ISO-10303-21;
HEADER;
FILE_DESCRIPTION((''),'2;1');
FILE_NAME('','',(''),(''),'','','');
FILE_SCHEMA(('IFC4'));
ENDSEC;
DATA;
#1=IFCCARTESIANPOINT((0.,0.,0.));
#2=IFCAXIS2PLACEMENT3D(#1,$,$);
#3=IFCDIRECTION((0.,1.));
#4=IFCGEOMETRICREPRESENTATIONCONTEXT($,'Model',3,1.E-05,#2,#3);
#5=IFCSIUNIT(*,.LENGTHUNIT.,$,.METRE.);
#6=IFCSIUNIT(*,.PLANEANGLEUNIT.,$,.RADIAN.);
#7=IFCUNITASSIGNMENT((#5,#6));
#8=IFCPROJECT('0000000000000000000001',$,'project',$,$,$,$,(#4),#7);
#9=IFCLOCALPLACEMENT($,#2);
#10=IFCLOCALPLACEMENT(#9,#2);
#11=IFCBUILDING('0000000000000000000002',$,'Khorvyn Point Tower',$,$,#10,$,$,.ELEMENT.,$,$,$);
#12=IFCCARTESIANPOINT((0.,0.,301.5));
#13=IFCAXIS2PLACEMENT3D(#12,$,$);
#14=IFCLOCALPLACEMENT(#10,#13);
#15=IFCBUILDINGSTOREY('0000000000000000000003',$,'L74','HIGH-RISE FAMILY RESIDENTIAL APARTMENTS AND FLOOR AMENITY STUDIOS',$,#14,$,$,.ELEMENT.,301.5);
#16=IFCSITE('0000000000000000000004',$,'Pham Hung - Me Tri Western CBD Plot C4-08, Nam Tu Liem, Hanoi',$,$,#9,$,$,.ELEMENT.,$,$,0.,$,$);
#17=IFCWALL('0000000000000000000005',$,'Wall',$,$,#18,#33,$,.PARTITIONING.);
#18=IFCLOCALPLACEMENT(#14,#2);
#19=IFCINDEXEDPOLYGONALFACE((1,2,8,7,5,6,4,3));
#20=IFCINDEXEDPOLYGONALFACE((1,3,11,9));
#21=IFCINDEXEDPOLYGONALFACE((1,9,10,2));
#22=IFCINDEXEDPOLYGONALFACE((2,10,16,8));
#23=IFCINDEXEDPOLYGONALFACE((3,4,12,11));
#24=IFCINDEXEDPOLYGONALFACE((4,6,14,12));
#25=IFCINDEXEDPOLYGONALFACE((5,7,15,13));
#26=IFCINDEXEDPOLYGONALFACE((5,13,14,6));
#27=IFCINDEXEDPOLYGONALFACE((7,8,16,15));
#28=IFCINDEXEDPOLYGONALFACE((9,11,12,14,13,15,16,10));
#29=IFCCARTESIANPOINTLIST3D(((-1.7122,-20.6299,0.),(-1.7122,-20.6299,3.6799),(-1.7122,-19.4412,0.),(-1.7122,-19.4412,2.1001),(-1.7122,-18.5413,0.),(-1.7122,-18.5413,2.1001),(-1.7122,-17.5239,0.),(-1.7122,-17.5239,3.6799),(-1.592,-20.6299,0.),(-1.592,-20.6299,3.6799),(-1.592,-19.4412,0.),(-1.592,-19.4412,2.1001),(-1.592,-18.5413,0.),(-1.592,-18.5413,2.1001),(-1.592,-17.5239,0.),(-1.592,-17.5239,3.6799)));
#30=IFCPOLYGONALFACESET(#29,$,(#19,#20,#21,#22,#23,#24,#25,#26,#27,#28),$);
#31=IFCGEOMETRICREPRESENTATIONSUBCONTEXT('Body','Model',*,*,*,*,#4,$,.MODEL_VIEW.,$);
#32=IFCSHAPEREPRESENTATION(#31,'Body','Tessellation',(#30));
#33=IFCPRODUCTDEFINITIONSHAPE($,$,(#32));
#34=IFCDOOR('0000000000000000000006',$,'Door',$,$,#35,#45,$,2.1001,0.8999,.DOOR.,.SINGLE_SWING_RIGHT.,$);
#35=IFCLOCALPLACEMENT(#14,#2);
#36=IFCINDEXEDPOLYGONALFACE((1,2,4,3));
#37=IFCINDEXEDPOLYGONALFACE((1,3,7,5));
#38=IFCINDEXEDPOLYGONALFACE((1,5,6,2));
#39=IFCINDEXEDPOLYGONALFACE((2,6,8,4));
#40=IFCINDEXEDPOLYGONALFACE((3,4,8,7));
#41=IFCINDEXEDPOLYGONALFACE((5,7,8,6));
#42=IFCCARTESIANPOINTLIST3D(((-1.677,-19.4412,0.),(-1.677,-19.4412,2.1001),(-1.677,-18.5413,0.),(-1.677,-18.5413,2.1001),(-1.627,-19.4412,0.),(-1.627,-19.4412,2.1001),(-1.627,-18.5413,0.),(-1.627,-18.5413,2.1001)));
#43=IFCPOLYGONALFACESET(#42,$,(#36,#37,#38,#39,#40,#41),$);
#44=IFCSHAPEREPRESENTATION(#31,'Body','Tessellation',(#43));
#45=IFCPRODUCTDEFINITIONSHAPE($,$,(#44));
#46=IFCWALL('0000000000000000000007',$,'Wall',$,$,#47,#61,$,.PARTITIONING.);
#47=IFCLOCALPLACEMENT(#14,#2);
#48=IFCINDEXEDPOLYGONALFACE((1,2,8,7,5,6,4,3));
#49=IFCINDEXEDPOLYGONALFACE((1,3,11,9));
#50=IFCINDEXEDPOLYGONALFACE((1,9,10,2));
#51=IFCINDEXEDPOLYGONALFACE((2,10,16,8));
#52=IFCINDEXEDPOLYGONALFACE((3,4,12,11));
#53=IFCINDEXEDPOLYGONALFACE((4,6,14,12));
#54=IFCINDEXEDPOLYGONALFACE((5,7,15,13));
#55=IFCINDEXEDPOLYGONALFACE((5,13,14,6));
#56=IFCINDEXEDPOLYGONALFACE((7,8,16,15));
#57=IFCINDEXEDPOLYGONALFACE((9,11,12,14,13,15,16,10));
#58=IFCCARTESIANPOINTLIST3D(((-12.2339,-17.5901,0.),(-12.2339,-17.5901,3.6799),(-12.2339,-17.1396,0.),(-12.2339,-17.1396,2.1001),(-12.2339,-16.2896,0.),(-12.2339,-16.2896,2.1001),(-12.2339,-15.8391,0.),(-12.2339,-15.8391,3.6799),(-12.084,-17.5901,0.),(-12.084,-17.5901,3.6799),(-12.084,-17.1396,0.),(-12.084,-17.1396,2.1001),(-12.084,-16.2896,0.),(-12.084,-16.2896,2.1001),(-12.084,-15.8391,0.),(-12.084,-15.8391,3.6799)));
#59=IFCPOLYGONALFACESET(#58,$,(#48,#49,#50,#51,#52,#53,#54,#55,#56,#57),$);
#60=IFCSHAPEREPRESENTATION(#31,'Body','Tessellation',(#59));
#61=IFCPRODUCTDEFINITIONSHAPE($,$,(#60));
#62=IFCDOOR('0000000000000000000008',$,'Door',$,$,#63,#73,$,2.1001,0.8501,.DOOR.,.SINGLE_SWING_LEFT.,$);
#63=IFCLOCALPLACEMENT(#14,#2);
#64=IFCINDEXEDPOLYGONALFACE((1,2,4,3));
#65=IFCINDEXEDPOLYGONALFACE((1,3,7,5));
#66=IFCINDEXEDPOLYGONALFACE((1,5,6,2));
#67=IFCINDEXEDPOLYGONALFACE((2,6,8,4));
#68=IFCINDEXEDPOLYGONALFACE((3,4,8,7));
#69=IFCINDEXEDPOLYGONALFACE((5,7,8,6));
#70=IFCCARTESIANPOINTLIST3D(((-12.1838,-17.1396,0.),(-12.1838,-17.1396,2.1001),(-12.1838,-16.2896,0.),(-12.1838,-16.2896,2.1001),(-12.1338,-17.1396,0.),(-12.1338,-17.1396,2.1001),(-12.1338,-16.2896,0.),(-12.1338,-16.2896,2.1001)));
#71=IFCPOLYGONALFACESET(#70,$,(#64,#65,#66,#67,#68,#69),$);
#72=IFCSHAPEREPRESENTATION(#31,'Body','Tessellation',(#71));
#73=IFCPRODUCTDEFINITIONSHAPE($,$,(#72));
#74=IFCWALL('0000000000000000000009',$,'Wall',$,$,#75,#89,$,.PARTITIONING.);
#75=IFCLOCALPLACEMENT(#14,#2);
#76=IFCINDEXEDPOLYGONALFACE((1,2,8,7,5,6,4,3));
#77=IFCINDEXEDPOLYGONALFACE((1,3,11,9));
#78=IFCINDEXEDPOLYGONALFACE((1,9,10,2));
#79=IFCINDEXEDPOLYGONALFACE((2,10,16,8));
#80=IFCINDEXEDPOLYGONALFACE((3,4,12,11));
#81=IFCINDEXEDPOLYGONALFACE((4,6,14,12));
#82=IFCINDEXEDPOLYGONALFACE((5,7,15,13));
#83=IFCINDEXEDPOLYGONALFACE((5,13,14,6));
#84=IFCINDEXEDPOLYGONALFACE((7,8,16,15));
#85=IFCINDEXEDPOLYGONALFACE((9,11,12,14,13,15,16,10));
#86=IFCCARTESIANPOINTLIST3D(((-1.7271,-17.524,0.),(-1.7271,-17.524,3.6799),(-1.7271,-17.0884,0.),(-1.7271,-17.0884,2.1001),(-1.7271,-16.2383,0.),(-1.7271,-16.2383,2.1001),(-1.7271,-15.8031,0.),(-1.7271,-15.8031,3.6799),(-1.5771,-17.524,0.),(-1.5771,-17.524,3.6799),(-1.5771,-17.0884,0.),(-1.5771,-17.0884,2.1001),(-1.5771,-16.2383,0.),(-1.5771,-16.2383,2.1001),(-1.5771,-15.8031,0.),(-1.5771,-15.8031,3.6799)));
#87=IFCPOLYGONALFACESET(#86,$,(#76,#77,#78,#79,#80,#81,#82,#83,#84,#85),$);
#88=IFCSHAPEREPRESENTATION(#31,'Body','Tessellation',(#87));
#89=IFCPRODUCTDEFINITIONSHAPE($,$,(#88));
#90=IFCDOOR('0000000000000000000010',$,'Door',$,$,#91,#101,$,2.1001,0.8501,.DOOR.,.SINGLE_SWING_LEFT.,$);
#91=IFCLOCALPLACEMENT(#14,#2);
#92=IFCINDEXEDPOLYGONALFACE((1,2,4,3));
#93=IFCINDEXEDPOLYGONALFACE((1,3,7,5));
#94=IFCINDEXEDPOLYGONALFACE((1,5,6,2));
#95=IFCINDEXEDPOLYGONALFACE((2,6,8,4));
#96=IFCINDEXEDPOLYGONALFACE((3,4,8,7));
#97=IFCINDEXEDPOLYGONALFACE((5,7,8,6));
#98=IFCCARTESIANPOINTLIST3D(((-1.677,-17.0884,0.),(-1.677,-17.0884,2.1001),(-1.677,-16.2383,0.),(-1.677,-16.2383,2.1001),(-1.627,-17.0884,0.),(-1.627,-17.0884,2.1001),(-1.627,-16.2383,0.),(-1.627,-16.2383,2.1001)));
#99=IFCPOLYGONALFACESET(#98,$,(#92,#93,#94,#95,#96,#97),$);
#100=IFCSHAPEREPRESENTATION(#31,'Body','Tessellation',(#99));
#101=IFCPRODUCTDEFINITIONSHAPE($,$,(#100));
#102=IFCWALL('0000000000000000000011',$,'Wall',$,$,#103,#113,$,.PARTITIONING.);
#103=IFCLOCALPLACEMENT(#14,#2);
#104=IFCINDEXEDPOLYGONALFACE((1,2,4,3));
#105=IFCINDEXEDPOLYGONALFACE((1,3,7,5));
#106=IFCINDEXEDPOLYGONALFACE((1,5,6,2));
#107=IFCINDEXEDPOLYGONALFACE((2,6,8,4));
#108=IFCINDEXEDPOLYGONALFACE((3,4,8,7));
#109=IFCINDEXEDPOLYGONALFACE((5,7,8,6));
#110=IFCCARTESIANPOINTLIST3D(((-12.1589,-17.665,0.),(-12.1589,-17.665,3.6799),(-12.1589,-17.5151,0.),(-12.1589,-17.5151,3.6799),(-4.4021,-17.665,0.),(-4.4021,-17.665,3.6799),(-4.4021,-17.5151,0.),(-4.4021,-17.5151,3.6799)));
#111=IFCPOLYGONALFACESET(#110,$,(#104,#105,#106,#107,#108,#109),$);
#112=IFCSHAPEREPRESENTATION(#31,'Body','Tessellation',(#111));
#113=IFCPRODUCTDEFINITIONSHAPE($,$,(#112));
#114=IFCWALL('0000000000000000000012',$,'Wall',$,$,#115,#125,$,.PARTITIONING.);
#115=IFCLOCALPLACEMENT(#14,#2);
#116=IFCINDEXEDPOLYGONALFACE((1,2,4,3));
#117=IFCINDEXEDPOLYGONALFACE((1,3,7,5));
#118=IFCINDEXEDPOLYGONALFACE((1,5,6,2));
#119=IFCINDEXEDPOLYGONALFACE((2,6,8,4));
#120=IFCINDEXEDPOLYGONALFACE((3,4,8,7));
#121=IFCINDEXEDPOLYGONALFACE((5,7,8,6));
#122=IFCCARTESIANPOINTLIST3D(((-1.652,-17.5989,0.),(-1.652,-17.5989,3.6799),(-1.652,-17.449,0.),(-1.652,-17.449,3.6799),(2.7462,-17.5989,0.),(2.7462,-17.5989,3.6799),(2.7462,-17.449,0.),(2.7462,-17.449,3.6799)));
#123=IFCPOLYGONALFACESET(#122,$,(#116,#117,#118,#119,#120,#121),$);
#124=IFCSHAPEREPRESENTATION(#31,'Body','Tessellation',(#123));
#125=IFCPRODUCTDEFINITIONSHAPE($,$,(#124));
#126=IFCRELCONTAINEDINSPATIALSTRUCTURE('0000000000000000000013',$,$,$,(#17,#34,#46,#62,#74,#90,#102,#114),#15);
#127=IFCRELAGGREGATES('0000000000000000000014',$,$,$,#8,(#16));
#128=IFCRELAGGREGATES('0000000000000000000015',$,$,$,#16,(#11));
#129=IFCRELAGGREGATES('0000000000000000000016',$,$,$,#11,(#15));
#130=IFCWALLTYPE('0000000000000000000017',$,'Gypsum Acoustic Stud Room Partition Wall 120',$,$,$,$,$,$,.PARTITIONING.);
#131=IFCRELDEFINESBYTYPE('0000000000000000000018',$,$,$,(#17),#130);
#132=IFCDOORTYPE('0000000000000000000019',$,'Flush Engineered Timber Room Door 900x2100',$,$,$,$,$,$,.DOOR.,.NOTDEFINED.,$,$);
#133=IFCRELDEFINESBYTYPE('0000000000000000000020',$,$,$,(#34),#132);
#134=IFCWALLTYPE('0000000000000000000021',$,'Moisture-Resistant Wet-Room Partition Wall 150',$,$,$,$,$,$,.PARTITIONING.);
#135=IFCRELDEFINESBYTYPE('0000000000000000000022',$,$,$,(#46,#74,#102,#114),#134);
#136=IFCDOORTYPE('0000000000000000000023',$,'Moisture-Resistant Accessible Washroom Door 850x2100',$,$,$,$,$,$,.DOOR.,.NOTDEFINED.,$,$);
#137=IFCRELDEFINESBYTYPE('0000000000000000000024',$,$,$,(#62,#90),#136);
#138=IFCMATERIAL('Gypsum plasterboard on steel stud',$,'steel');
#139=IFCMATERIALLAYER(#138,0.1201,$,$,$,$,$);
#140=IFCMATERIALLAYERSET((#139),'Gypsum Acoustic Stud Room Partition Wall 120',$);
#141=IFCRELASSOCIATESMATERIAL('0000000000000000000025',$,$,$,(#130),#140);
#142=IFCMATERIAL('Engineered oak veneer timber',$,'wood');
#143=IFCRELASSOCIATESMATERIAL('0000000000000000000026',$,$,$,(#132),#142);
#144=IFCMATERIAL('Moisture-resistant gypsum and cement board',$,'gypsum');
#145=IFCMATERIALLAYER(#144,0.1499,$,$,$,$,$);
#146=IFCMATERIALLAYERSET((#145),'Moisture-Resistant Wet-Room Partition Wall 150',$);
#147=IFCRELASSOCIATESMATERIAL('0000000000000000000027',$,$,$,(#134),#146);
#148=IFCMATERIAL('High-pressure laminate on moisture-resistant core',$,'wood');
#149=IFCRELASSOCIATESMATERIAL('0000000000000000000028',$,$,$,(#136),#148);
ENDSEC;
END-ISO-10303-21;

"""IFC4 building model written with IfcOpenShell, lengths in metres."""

from ifc_helpers import new_model, si_unit, direction, frame, frame_2d, origin, place, context, subcontext, project, spatial, rectangle, extrude, material, layer, layer_set, type_object, element, fill, save


model = new_model("IFC4")

# Units and contexts
model_context = context("Model", 3, precision=1e-05, world=origin(), true_north=direction((0.0, 1.0)))
body_context = subcontext(model_context, "Body", "Model", "MODEL_VIEW")
ifc_project = project(units=[si_unit("LENGTHUNIT", "METRE"), si_unit("PLANEANGLEUNIT", "RADIAN")], contexts=[model_context])

# Site, building, storey
site_placement = place(None, origin())
site = spatial("IfcSite", under=ifc_project, at=site_placement, Name="Pham Hung - Me Tri Western CBD Plot C4-08, Nam Tu Liem, Hanoi", CompositionType="ELEMENT", RefElevation=0.0)
building_placement = place(site_placement, origin())
building = spatial("IfcBuilding", under=site, at=building_placement, Name="Khorvyn Point Tower", CompositionType="ELEMENT")
storey_placement = place(building_placement, frame((0.0, 0.0, 301.5)))
storey = spatial("IfcBuildingStorey", under=building, at=storey_placement, Name="L74", Description="HIGH-RISE FAMILY RESIDENTIAL APARTMENTS AND FLOOR AMENITY STUDIOS", CompositionType="ELEMENT", Elevation=301.5)

# Walls, openings, doors
ifc_material_1 = material(Name="Gypsum plasterboard on steel stud", Category="steel")
ifc_layer_1 = layer(ifc_material_1, 0.1201)
ifc_layer_set_1 = layer_set([ifc_layer_1], Name="Gypsum Acoustic Stud Room Partition Wall 120")
wall_type_1 = type_object("IfcWallType", Name="Gypsum Acoustic Stud Room Partition Wall 120", PredefinedType="PARTITIONING", material=ifc_layer_set_1)
ifc_material_2 = material(Name="Engineered oak veneer timber", Category="wood")
door_type_1 = type_object("IfcDoorType", Name="Flush Engineered Timber Room Door 900x2100", OperationType="NOTDEFINED", PredefinedType="DOOR", material=ifc_material_2)
wall_1_placement = place(storey_placement, frame((-1.6521, -20.6299, 0.0), z_axis=(0.0, 0.0, 1.0), x_axis=(0.0, 1.0, 0.0)))
wall_1 = element("IfcWall", 1, at=wall_1_placement, inside=storey, type_object=wall_type_1, Name="Wall", PredefinedType="PARTITIONING", context=body_context, shape_type="SweptSolid", body=[
    extrude(rectangle(XDim=3.106, YDim=0.1201, at=frame_2d((1.553, 0.0))), origin(), (0.0, 0.0, 1.0), 3.6799),
])
opening_1_placement = place(wall_1_placement, frame((1.1887, 0.0, 0.0)))
opening_1 = element("IfcOpeningElement", 2, at=opening_1_placement, cuts=wall_1, PredefinedType="OPENING", context=body_context, shape_type="SweptSolid", body=[
    extrude(rectangle(XDim=0.8999, YDim=2.1001, at=frame_2d((0.45, 1.05))), frame((0.0, 0.0701, 0.0), z_axis=(0.0, -1.0, 0.0), x_axis=(1.0, 0.0, 0.0)), (0.0, 0.0, 1.0), 0.1401),
])
door_1_placement = place(opening_1_placement, origin())
door_1 = element("IfcDoor", 3, at=door_1_placement, inside=storey, type_object=door_type_1, Name="Door", OperationType="SINGLE_SWING_RIGHT", OverallHeight=2.1001, OverallWidth=0.8999, PredefinedType="DOOR", context=body_context, shape_type="SweptSolid", body=[
    extrude(rectangle(XDim=0.8999, YDim=2.1001, at=frame_2d((0.45, 1.05))), frame((0.0, 0.0249, 0.0), z_axis=(0.0, -1.0, 0.0), x_axis=(1.0, 0.0, 0.0)), (0.0, 0.0, 1.0), 0.05),
])
fill(opening_1, door_1)
ifc_material_3 = material(Name="Moisture-resistant gypsum and cement board", Category="gypsum")
ifc_layer_2 = layer(ifc_material_3, 0.1499)
ifc_layer_set_2 = layer_set([ifc_layer_2], Name="Moisture-Resistant Wet-Room Partition Wall 150")
wall_type_2 = type_object("IfcWallType", Name="Moisture-Resistant Wet-Room Partition Wall 150", PredefinedType="PARTITIONING", material=ifc_layer_set_2)
wall_2_placement = place(storey_placement, frame((-12.1589, -17.5901, 0.0), z_axis=(0.0, 0.0, 1.0), x_axis=(0.0, 1.0, 0.0)))
wall_2 = element("IfcWall", 4, at=wall_2_placement, inside=storey, type_object=wall_type_2, Name="Wall", PredefinedType="PARTITIONING", context=body_context, shape_type="SweptSolid", body=[
    extrude(rectangle(XDim=1.751, YDim=0.1499, at=frame_2d((0.8755, 0.0))), origin(), (0.0, 0.0, 1.0), 3.6799),
])
opening_2_placement = place(wall_2_placement, frame((0.4504, 0.0, 0.0)))
opening_2 = element("IfcOpeningElement", 5, at=opening_2_placement, cuts=wall_2, PredefinedType="OPENING", context=body_context, shape_type="SweptSolid", body=[
    extrude(rectangle(XDim=0.8501, YDim=2.1001, at=frame_2d((0.425, 1.05))), frame((0.0, 0.085, 0.0), z_axis=(0.0, -1.0, 0.0), x_axis=(1.0, 0.0, 0.0)), (0.0, 0.0, 1.0), 0.1699),
])
ifc_material_4 = material(Name="High-pressure laminate on moisture-resistant core", Category="wood")
door_type_2 = type_object("IfcDoorType", Name="Moisture-Resistant Accessible Washroom Door 850x2100", OperationType="NOTDEFINED", PredefinedType="DOOR", material=ifc_material_4)
door_2_placement = place(opening_2_placement, origin())
door_2 = element("IfcDoor", 6, at=door_2_placement, inside=storey, type_object=door_type_2, Name="Door", OperationType="SINGLE_SWING_LEFT", OverallHeight=2.1001, OverallWidth=0.8501, PredefinedType="DOOR", context=body_context, shape_type="SweptSolid", body=[
    extrude(rectangle(XDim=0.8501, YDim=2.1001, at=frame_2d((0.425, 1.05))), frame((0.0, 0.0249, 0.0), z_axis=(0.0, -1.0, 0.0), x_axis=(1.0, 0.0, 0.0)), (0.0, 0.0, 1.0), 0.05),
])
fill(opening_2, door_2)
wall_3_placement = place(storey_placement, frame((-1.6521, -17.5239, 0.0), z_axis=(0.0, 0.0, 1.0), x_axis=(0.0, 1.0, 0.0)))
wall_3 = element("IfcWall", 7, at=wall_3_placement, inside=storey, type_object=wall_type_2, Name="Wall", PredefinedType="PARTITIONING", context=body_context, shape_type="SweptSolid", body=[
    extrude(rectangle(XDim=1.7209, YDim=0.1499, at=frame_2d((0.8604, 0.0))), origin(), (0.0, 0.0, 1.0), 3.6799),
])
opening_3_placement = place(wall_3_placement, frame((0.4355, 0.0, 0.0)))
opening_3 = element("IfcOpeningElement", 8, at=opening_3_placement, cuts=wall_3, PredefinedType="OPENING", context=body_context, shape_type="SweptSolid", body=[
    extrude(rectangle(XDim=0.8501, YDim=2.1001, at=frame_2d((0.425, 1.05))), frame((0.0, 0.085, 0.0), z_axis=(0.0, -1.0, 0.0), x_axis=(1.0, 0.0, 0.0)), (0.0, 0.0, 1.0), 0.1699),
])
door_3_placement = place(opening_3_placement, origin())
door_3 = element("IfcDoor", 9, at=door_3_placement, inside=storey, type_object=door_type_2, Name="Door", OperationType="SINGLE_SWING_LEFT", OverallHeight=2.1001, OverallWidth=0.8501, PredefinedType="DOOR", context=body_context, shape_type="SweptSolid", body=[
    extrude(rectangle(XDim=0.8501, YDim=2.1001, at=frame_2d((0.425, 1.05))), frame((0.0, 0.0249, 0.0), z_axis=(0.0, -1.0, 0.0), x_axis=(1.0, 0.0, 0.0)), (0.0, 0.0, 1.0), 0.05),
])
fill(opening_3, door_3)

# Walls
wall_4_placement = place(storey_placement, frame((-12.1589, -17.5901, 0.0), z_axis=(0.0, 0.0, 1.0), x_axis=(1.0, 0.0, 0.0)))
element("IfcWall", 10, at=wall_4_placement, inside=storey, type_object=wall_type_2, Name="Wall", PredefinedType="PARTITIONING", context=body_context, shape_type="SweptSolid", body=[
    extrude(rectangle(XDim=7.7568, YDim=0.1499, at=frame_2d((3.8784, 0.0))), origin(), (0.0, 0.0, 1.0), 3.6799),
])
wall_5_placement = place(storey_placement, frame((-1.6521, -17.5239, 0.0), z_axis=(0.0, 0.0, 1.0), x_axis=(1.0, 0.0, 0.0)))
element("IfcWall", 11, at=wall_5_placement, inside=storey, type_object=wall_type_2, Name="Wall", PredefinedType="PARTITIONING", context=body_context, shape_type="SweptSolid", body=[
    extrude(rectangle(XDim=4.3982, YDim=0.1499, at=frame_2d((2.1992, 0.0))), origin(), (0.0, 0.0, 1.0), 3.6799),
])

save(model, "model.ifc")
